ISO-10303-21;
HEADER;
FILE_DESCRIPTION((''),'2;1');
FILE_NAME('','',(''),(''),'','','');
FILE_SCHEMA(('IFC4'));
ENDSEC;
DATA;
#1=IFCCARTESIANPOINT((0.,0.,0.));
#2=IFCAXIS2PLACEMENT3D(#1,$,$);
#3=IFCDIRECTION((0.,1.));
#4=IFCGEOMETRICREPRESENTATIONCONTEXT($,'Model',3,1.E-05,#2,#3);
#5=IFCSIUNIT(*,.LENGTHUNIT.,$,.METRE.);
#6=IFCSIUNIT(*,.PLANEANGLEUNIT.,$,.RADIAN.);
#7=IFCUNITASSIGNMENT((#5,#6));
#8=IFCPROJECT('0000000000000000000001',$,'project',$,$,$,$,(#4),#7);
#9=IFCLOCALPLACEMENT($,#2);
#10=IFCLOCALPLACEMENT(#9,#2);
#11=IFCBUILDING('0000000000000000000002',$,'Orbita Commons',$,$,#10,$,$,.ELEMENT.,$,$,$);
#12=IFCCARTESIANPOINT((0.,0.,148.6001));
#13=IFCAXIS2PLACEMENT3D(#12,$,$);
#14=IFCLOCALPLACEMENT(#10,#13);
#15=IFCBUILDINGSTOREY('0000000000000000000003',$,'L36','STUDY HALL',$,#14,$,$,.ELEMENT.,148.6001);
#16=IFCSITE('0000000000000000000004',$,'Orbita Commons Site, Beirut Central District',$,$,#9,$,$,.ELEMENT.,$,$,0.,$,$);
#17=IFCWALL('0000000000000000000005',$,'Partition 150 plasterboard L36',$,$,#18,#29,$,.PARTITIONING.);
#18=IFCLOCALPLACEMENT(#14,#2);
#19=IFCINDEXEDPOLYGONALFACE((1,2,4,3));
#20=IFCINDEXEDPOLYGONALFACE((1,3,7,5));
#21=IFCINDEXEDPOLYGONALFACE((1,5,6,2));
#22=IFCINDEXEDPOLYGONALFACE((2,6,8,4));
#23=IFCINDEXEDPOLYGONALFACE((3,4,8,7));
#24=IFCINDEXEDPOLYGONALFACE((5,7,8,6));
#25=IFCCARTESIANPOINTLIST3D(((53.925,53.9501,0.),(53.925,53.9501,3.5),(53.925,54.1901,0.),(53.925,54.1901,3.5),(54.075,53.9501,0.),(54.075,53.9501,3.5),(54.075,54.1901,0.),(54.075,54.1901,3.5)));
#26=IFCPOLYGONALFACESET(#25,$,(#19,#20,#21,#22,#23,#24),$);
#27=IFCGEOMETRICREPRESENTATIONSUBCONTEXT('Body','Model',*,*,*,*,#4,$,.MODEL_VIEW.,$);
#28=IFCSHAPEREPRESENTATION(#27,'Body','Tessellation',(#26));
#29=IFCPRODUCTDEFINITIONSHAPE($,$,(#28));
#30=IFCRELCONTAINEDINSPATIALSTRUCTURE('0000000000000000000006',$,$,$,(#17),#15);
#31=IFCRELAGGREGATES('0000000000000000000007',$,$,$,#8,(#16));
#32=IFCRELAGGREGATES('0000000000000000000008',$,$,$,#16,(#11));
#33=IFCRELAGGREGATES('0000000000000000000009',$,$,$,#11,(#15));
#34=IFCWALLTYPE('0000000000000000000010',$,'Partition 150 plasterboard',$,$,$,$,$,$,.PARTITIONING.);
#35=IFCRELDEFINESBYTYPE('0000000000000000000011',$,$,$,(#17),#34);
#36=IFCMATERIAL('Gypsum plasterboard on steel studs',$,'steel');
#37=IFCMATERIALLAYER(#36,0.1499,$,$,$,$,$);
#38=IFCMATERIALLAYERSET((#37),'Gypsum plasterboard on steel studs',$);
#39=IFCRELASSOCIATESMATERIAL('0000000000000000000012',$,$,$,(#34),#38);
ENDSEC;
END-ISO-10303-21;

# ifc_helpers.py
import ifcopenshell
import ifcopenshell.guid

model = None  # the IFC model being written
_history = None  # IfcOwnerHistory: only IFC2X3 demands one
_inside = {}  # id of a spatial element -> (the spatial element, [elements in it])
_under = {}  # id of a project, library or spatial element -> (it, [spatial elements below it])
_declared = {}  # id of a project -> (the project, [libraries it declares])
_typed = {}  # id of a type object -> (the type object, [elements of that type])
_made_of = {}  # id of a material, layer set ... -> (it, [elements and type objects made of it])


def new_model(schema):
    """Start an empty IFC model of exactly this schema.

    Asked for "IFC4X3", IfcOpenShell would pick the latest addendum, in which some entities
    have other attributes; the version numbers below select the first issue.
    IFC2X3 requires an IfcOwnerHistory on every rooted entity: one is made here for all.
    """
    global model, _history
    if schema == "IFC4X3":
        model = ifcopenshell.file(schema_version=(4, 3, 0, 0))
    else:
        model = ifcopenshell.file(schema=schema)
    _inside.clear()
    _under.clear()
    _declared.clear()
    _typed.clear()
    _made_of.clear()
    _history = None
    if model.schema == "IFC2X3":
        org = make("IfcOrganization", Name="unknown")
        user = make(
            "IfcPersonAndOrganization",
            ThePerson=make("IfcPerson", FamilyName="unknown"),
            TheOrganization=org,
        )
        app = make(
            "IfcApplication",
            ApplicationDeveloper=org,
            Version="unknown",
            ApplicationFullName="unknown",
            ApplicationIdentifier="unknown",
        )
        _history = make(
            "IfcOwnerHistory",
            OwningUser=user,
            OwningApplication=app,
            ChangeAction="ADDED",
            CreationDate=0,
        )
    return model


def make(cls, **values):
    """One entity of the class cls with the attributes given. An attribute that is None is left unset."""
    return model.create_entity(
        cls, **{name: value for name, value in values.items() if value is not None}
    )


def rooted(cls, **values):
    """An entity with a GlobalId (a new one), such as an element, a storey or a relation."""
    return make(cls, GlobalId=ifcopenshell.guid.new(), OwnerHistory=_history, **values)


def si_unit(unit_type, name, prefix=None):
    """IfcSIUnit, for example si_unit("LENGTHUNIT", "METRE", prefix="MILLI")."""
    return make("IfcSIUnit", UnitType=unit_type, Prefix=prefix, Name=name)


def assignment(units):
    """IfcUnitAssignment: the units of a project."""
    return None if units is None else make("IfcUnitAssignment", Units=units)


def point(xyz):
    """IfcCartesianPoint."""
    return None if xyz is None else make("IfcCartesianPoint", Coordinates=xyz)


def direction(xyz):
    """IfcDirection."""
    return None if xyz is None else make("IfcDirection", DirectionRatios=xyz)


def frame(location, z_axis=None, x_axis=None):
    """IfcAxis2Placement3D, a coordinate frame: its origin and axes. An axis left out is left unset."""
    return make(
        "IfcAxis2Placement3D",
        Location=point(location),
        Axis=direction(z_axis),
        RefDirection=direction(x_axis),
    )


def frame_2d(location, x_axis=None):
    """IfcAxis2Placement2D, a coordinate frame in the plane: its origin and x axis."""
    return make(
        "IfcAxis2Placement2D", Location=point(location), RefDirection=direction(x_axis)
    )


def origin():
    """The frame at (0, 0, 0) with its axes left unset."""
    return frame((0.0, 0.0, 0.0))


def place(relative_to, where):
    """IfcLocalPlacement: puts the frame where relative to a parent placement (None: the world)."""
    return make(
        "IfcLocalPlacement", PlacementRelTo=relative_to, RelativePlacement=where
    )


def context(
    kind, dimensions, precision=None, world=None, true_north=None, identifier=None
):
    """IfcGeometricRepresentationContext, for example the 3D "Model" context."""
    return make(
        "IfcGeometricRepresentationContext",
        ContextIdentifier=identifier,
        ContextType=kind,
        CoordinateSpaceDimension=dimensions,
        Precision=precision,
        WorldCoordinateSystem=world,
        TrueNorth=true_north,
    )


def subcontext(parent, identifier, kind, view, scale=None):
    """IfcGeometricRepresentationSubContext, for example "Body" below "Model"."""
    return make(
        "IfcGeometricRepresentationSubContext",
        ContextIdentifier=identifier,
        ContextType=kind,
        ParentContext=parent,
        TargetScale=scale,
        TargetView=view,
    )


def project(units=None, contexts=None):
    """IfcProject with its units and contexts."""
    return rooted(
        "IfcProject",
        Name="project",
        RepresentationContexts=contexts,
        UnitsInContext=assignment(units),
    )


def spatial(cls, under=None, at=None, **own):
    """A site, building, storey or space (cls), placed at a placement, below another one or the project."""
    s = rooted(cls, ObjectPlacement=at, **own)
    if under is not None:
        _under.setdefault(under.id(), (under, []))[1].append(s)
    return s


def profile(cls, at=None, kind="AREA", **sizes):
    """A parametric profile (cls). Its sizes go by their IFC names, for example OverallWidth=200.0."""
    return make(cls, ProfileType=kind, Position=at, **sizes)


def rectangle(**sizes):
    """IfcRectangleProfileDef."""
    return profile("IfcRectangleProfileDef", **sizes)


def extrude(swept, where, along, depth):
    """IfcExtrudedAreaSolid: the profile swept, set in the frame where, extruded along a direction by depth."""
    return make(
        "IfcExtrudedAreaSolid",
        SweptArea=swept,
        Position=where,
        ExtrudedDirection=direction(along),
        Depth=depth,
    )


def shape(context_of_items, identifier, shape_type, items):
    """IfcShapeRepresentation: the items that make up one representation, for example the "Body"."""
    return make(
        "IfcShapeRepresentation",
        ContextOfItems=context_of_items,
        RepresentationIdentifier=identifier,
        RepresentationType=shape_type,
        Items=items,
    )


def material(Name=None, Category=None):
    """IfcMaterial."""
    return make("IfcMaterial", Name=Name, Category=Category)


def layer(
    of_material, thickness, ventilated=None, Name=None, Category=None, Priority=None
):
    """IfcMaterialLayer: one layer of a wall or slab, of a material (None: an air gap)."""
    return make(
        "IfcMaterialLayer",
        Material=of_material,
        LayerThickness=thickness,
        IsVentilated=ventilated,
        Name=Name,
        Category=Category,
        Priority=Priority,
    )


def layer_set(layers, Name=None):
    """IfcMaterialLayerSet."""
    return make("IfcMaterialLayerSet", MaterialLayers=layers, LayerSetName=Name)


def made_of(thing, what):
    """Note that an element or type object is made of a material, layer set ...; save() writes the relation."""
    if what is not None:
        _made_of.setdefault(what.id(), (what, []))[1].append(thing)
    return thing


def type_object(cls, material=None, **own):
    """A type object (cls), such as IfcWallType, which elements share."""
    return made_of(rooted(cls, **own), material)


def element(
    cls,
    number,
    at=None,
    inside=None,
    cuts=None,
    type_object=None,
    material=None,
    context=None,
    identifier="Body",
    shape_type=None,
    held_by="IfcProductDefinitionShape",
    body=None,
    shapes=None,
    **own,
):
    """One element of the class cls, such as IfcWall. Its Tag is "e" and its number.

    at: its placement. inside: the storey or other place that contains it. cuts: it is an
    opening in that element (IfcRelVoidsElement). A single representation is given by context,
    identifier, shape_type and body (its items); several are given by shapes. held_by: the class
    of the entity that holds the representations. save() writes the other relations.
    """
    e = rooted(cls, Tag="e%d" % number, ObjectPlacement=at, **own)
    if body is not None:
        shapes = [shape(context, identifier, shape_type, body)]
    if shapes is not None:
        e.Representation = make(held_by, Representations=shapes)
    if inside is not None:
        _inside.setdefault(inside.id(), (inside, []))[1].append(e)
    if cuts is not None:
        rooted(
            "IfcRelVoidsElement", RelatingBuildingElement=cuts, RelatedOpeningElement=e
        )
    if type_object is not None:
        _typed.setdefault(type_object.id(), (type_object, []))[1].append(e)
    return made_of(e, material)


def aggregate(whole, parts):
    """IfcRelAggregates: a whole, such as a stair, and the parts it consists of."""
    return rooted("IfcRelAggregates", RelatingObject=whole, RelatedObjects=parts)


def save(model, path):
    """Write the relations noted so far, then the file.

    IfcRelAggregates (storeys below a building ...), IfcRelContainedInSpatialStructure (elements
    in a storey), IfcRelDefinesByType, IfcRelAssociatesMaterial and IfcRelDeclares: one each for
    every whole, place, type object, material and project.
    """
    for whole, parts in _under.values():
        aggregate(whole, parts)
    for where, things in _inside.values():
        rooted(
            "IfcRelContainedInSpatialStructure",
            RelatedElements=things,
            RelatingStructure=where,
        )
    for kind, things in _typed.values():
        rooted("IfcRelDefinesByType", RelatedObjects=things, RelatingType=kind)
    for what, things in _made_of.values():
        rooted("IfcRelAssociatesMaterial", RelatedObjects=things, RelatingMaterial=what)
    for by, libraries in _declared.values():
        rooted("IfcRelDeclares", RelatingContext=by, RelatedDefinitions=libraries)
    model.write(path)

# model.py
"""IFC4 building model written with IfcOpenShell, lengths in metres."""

from ifc_helpers import new_model, si_unit, direction, frame, frame_2d, origin, place, context, subcontext, project, spatial, rectangle, extrude, material, layer, layer_set, type_object, element, save


model = new_model("IFC4")

# Units and contexts
model_context = context("Model", 3, precision=1e-05, world=origin(), true_north=direction((0.0, 1.0)))
body_context = subcontext(model_context, "Body", "Model", "MODEL_VIEW")
ifc_project = project(units=[si_unit("LENGTHUNIT", "METRE"), si_unit("PLANEANGLEUNIT", "RADIAN")], contexts=[model_context])

# Site, building, storey
site_placement = place(None, origin())
site = spatial("IfcSite", under=ifc_project, at=site_placement, Name="Orbita Commons Site, Beirut Central District", CompositionType="ELEMENT", RefElevation=0.0)
building_placement = place(site_placement, origin())
building = spatial("IfcBuilding", under=site, at=building_placement, Name="Orbita Commons", CompositionType="ELEMENT")
storey_placement = place(building_placement, frame((0.0, 0.0, 148.6001)))
storey = spatial("IfcBuildingStorey", under=building, at=storey_placement, Name="L36", Description="STUDY HALL", CompositionType="ELEMENT", Elevation=148.6001)

# Wall
ifc_material_1 = material(Name="Gypsum plasterboard on steel studs", Category="steel")
ifc_layer_1 = layer(ifc_material_1, 0.1499)
ifc_layer_set_1 = layer_set([ifc_layer_1], Name="Gypsum plasterboard on steel studs")
wall_type_1 = type_object("IfcWallType", Name="Partition 150 plasterboard", PredefinedType="PARTITIONING", material=ifc_layer_set_1)
for number, where, z_axis, x_axis, name in (
    (1, (54.0, 53.95, 0.0), (0.0, 0.0, 1.0), (0.0, 1.0, 0.0), "Partition 150 plasterboard L36"),
):
    element("IfcWall", number, at=place(storey_placement, frame(where, z_axis=z_axis, x_axis=x_axis)), inside=storey, type_object=wall_type_1, Name=name, PredefinedType="PARTITIONING", context=body_context, shape_type="SweptSolid", body=[
        extrude(rectangle(XDim=0.24, YDim=0.1499, at=frame_2d((0.1201, 0.0))), origin(), (0.0, 0.0, 1.0), 3.5),
    ])

save(model, "model.ifc")
